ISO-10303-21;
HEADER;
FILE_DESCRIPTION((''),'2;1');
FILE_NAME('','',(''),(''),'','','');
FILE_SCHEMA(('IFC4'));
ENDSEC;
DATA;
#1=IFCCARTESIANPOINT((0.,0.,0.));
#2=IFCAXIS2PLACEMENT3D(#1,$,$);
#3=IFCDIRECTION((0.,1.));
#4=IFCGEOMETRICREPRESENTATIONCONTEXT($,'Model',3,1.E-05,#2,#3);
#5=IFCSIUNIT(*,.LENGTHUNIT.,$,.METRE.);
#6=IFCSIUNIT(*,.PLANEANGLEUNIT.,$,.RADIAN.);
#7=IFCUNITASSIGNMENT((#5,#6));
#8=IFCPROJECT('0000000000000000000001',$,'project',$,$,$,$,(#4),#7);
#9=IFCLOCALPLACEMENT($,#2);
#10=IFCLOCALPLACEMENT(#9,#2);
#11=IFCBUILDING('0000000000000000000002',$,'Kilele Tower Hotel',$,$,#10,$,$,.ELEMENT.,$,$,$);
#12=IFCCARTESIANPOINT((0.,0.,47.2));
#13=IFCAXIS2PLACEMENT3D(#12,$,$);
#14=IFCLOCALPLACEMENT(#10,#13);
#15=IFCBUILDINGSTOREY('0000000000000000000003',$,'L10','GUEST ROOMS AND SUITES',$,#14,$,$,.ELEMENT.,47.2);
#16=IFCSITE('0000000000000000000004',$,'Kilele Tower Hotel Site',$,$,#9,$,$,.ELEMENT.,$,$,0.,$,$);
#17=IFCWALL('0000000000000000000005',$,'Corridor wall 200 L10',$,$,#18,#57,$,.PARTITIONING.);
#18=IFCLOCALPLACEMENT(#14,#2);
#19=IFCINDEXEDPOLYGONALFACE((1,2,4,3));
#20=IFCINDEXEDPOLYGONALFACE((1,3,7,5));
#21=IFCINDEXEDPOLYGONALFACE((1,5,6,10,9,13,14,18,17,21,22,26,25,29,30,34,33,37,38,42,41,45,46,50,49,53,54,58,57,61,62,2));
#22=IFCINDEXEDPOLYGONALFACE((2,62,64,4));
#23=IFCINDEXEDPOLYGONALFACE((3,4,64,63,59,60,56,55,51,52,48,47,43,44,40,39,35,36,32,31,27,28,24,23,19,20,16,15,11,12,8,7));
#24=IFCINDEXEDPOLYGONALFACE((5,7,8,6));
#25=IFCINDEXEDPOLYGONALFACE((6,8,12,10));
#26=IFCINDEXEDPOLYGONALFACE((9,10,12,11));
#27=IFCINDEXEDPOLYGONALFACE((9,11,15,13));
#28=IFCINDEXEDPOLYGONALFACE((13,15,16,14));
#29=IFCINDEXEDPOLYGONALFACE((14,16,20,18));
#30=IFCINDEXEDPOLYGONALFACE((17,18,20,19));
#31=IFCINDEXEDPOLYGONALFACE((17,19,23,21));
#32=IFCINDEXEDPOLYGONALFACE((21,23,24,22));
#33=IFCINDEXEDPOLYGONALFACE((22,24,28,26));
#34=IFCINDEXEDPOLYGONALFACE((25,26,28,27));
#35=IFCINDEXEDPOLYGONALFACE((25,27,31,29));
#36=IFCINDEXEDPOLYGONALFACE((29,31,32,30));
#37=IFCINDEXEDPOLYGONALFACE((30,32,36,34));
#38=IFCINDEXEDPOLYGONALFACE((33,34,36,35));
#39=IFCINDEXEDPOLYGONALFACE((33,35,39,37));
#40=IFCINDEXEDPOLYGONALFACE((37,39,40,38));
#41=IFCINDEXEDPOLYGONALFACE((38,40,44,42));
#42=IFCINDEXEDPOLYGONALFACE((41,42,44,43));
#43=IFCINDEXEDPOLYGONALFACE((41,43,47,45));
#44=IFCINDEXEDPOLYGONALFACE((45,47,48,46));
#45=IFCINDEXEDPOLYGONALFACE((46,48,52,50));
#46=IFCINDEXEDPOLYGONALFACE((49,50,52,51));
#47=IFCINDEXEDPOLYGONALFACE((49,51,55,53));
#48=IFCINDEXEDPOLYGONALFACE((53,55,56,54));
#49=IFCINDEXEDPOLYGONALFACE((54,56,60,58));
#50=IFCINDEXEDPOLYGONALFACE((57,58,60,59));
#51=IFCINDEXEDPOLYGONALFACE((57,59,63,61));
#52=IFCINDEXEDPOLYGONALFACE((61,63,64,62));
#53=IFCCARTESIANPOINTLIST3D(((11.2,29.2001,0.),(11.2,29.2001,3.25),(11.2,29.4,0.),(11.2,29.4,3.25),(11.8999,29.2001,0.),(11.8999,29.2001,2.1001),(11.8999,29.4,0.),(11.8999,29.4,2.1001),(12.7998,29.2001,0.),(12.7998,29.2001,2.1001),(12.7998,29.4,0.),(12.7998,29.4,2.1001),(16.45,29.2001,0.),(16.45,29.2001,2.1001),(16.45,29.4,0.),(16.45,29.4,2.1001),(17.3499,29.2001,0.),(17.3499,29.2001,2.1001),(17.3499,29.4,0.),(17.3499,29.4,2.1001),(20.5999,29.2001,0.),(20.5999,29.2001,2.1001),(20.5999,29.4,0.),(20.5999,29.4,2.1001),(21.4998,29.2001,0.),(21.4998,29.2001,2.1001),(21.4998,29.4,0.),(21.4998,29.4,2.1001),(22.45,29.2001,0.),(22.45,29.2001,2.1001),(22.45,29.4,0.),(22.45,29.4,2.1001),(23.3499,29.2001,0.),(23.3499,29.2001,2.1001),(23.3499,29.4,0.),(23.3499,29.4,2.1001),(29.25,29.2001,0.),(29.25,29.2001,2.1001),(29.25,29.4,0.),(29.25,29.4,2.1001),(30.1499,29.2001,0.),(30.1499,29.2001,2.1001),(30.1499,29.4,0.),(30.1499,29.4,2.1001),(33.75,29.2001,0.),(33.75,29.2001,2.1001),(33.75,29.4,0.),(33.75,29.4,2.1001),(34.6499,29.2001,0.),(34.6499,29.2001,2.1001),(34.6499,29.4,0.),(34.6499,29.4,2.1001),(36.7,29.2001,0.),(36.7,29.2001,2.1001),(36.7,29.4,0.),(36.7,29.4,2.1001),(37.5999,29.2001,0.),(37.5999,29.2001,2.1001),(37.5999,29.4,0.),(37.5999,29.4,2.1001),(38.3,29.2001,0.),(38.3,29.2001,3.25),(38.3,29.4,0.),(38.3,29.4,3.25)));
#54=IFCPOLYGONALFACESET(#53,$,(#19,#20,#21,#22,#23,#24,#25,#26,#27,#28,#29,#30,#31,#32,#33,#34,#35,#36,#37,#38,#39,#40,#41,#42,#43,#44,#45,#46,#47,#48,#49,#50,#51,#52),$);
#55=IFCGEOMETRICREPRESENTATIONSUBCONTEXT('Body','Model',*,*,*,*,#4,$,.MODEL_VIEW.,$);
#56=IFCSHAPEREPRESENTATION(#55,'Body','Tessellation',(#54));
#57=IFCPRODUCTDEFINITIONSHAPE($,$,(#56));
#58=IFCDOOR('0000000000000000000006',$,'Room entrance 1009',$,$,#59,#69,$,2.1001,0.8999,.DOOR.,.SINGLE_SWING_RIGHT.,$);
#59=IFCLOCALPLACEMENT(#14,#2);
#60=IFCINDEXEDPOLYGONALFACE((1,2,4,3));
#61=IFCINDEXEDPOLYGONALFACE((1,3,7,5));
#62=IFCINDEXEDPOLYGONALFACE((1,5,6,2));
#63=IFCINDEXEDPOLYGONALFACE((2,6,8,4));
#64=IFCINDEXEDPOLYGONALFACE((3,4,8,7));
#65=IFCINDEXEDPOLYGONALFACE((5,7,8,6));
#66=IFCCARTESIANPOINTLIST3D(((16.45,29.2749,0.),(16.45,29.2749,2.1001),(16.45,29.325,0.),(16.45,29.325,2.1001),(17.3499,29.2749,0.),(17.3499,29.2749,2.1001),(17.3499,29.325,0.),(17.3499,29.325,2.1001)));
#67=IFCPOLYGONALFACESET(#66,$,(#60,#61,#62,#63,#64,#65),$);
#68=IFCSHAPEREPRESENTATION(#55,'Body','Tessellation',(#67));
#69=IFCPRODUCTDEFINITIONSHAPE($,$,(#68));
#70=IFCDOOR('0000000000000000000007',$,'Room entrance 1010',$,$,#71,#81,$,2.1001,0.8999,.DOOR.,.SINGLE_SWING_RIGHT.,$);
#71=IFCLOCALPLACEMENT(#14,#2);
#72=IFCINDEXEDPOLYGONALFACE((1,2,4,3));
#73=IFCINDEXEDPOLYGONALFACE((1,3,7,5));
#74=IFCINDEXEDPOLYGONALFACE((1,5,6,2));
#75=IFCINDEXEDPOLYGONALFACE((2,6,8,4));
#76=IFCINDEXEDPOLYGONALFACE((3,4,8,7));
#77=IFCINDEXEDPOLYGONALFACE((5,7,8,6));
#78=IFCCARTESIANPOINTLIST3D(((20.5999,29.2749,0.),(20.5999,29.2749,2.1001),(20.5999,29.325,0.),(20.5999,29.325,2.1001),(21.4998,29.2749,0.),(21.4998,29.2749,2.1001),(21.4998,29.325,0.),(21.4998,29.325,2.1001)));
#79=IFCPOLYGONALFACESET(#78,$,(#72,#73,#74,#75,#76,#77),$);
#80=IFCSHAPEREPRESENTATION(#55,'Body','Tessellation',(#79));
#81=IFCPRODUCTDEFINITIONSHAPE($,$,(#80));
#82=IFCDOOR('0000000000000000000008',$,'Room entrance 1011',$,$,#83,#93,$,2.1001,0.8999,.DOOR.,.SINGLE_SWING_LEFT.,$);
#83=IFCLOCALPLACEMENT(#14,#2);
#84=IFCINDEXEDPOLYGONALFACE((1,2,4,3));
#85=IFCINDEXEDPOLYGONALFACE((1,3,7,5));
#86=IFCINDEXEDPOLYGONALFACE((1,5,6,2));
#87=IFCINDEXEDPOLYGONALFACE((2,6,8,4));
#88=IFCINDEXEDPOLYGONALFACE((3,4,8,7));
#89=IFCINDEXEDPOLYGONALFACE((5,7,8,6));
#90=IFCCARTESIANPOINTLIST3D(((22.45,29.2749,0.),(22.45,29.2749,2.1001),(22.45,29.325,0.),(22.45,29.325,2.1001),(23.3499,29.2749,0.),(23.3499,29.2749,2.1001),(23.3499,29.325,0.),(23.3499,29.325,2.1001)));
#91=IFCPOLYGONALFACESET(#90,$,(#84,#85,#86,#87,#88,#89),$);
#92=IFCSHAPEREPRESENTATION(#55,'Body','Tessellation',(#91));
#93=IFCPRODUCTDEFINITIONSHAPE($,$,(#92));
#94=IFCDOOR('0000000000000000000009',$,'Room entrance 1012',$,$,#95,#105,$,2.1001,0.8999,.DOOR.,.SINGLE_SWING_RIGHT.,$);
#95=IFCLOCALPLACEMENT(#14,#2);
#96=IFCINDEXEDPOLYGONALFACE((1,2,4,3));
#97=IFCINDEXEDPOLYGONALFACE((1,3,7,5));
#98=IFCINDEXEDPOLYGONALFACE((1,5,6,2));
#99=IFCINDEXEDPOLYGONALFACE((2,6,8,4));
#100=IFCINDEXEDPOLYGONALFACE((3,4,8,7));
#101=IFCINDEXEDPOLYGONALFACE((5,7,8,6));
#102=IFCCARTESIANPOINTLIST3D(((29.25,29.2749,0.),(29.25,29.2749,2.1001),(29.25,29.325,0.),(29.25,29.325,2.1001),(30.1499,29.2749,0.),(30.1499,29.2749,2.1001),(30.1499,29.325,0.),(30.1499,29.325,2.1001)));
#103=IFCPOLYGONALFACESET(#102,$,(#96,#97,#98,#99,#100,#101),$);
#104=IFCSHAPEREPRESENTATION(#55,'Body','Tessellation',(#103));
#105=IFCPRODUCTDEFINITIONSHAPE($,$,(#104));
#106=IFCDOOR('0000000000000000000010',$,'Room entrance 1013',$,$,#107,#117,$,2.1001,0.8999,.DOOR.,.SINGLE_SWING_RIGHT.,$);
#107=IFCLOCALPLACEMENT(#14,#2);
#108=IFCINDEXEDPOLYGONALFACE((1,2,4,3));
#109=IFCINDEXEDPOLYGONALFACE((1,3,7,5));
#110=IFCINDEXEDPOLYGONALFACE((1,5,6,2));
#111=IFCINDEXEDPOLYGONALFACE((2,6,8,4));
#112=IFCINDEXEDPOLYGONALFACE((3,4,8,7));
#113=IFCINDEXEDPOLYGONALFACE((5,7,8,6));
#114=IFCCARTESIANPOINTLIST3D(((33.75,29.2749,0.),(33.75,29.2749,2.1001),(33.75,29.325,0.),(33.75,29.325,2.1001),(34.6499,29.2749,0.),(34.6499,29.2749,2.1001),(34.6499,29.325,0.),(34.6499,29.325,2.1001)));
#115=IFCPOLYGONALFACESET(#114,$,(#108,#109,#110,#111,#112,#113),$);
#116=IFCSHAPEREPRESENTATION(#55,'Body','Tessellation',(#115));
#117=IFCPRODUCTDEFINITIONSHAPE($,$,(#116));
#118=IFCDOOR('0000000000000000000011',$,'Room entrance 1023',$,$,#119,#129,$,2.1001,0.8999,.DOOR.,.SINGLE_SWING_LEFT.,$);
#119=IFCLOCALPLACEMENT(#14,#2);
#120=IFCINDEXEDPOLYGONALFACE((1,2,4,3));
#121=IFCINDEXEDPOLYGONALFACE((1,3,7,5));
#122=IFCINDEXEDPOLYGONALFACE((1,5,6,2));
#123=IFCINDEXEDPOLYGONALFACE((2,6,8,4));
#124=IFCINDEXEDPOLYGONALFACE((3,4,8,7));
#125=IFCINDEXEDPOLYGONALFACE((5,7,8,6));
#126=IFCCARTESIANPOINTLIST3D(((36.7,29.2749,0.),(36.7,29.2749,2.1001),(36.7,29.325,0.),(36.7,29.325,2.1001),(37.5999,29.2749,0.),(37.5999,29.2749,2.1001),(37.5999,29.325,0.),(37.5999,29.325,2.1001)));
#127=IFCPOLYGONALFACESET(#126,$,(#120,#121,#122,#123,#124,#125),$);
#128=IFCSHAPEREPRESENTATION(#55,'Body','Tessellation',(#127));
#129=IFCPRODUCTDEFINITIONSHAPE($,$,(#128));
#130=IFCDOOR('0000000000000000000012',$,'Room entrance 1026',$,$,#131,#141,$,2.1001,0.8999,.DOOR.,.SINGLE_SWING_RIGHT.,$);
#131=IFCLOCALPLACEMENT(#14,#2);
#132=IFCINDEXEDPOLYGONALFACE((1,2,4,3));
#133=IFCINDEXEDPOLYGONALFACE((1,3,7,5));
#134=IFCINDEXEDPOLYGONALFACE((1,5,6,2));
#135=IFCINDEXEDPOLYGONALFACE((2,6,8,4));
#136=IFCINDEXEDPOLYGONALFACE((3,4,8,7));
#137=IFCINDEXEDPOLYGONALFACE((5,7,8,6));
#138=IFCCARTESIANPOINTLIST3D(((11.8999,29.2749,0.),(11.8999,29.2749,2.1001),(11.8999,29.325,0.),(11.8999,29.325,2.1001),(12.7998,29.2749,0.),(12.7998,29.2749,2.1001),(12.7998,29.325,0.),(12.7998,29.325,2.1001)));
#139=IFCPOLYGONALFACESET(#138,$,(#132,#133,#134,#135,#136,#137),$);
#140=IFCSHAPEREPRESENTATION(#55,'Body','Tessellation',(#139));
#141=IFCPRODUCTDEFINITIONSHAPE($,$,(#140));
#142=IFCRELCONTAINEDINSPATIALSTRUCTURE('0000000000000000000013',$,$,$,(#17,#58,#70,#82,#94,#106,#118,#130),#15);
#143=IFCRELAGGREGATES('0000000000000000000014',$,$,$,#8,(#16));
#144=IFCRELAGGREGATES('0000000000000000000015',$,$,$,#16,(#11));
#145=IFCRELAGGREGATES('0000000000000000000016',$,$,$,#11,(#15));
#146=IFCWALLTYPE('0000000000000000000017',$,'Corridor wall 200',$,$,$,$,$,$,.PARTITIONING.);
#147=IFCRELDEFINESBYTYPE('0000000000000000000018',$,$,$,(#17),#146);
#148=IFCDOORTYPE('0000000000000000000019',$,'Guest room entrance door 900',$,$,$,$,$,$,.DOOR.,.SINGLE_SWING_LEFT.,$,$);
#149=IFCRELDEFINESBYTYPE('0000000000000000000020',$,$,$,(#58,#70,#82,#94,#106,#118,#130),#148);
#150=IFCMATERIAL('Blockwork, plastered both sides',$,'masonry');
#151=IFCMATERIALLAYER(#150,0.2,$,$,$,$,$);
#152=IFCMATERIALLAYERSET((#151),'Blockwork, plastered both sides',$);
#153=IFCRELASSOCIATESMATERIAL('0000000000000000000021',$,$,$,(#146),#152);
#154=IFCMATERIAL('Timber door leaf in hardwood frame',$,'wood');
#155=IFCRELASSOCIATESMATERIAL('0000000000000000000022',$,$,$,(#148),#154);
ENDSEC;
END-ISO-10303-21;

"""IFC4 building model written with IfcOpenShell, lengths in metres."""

from ifc_helpers import new_model, si_unit, direction, frame, frame_2d, origin, place, context, subcontext, project, spatial, rectangle, extrude, material, layer, layer_set, type_object, element, fill, save


model = new_model("IFC4")

# Units and contexts
model_context = context("Model", 3, precision=1e-05, world=origin(), true_north=direction((0.0, 1.0)))
body_context = subcontext(model_context, "Body", "Model", "MODEL_VIEW")
ifc_project = project(units=[si_unit("LENGTHUNIT", "METRE"), si_unit("PLANEANGLEUNIT", "RADIAN")], contexts=[model_context])

# Site, building, storey
site_placement = place(None, origin())
site = spatial("IfcSite", under=ifc_project, at=site_placement, Name="Kilele Tower Hotel Site", CompositionType="ELEMENT", RefElevation=0.0)
building_placement = place(site_placement, origin())
building = spatial("IfcBuilding", under=site, at=building_placement, Name="Kilele Tower Hotel", CompositionType="ELEMENT")
storey_placement = place(building_placement, frame((0.0, 0.0, 47.2)))
storey = spatial("IfcBuildingStorey", under=building, at=storey_placement, Name="L10", Description="GUEST ROOMS AND SUITES", CompositionType="ELEMENT", Elevation=47.2)

# Wall, openings, doors
ifc_material_1 = material(Name="Blockwork, plastered both sides", Category="masonry")
ifc_layer_1 = layer(ifc_material_1, 0.2)
ifc_layer_set_1 = layer_set([ifc_layer_1], Name="Blockwork, plastered both sides")
wall_type_1 = type_object("IfcWallType", Name="Corridor wall 200", PredefinedType="PARTITIONING", material=ifc_layer_set_1)
wall_1_placement = place(storey_placement, frame((11.2, 29.3, 0.0), z_axis=(0.0, 0.0, 1.0), x_axis=(1.0, 0.0, 0.0)))
wall_1 = element("IfcWall", 1, at=wall_1_placement, inside=storey, type_object=wall_type_1, Name="Corridor wall 200 L10", PredefinedType="PARTITIONING", context=body_context, shape_type="SweptSolid", body=[
    extrude(rectangle(XDim=27.1001, YDim=0.2, at=frame_2d((13.55, 0.0))), origin(), (0.0, 0.0, 1.0), 3.25),
])
opening_1_placement = place(wall_1_placement, frame((5.25, 0.0, 0.0)))
opening_1 = element("IfcOpeningElement", 2, at=opening_1_placement, cuts=wall_1, PredefinedType="OPENING", context=body_context, shape_type="SweptSolid", body=[
    extrude(rectangle(XDim=0.8999, YDim=2.1001, at=frame_2d((0.45, 1.05))), frame((0.0, 0.1099, 0.0), z_axis=(0.0, -1.0, 0.0), x_axis=(1.0, 0.0, 0.0)), (0.0, 0.0, 1.0), 0.22),
])
opening_2_placement = place(wall_1_placement, frame((9.3999, 0.0, 0.0)))
opening_2 = element("IfcOpeningElement", 3, at=opening_2_placement, cuts=wall_1, PredefinedType="OPENING", context=body_context, shape_type="SweptSolid", body=[
    extrude(rectangle(XDim=0.8999, YDim=2.1001, at=frame_2d((0.45, 1.05))), frame((0.0, 0.1099, 0.0), z_axis=(0.0, -1.0, 0.0), x_axis=(1.0, 0.0, 0.0)), (0.0, 0.0, 1.0), 0.22),
])
opening_3_placement = place(wall_1_placement, frame((11.25, 0.0, 0.0)))
opening_3 = element("IfcOpeningElement", 4, at=opening_3_placement, cuts=wall_1, PredefinedType="OPENING", context=body_context, shape_type="SweptSolid", body=[
    extrude(rectangle(XDim=0.8999, YDim=2.1001, at=frame_2d((0.45, 1.05))), frame((0.0, 0.1099, 0.0), z_axis=(0.0, -1.0, 0.0), x_axis=(1.0, 0.0, 0.0)), (0.0, 0.0, 1.0), 0.22),
])
opening_4_placement = place(wall_1_placement, frame((18.05, 0.0, 0.0)))
opening_4 = element("IfcOpeningElement", 5, at=opening_4_placement, cuts=wall_1, PredefinedType="OPENING", context=body_context, shape_type="SweptSolid", body=[
    extrude(rectangle(XDim=0.8999, YDim=2.1001, at=frame_2d((0.45, 1.05))), frame((0.0, 0.1099, 0.0), z_axis=(0.0, -1.0, 0.0), x_axis=(1.0, 0.0, 0.0)), (0.0, 0.0, 1.0), 0.22),
])
opening_5_placement = place(wall_1_placement, frame((22.55, 0.0, 0.0)))
opening_5 = element("IfcOpeningElement", 6, at=opening_5_placement, cuts=wall_1, PredefinedType="OPENING", context=body_context, shape_type="SweptSolid", body=[
    extrude(rectangle(XDim=0.8999, YDim=2.1001, at=frame_2d((0.45, 1.05))), frame((0.0, 0.1099, 0.0), z_axis=(0.0, -1.0, 0.0), x_axis=(1.0, 0.0, 0.0)), (0.0, 0.0, 1.0), 0.22),
])
opening_6_placement = place(wall_1_placement, frame((25.5, 0.0, 0.0)))
opening_6 = element("IfcOpeningElement", 7, at=opening_6_placement, cuts=wall_1, PredefinedType="OPENING", context=body_context, shape_type="SweptSolid", body=[
    extrude(rectangle(XDim=0.8999, YDim=2.1001, at=frame_2d((0.45, 1.05))), frame((0.0, 0.1099, 0.0), z_axis=(0.0, -1.0, 0.0), x_axis=(1.0, 0.0, 0.0)), (0.0, 0.0, 1.0), 0.22),
])
opening_7_placement = place(wall_1_placement, frame((0.7, 0.0, 0.0)))
opening_7 = element("IfcOpeningElement", 8, at=opening_7_placement, cuts=wall_1, PredefinedType="OPENING", context=body_context, shape_type="SweptSolid", body=[
    extrude(rectangle(XDim=0.8999, YDim=2.1001, at=frame_2d((0.45, 1.05))), frame((0.0, 0.1099, 0.0), z_axis=(0.0, -1.0, 0.0), x_axis=(1.0, 0.0, 0.0)), (0.0, 0.0, 1.0), 0.22),
])
ifc_material_2 = material(Name="Timber door leaf in hardwood frame", Category="wood")
door_type_1 = type_object("IfcDoorType", Name="Guest room entrance door 900", OperationType="SINGLE_SWING_LEFT", PredefinedType="DOOR", material=ifc_material_2)
door_1_placement = place(opening_1_placement, origin())
door_1 = element("IfcDoor", 9, at=door_1_placement, inside=storey, type_object=door_type_1, Name="Room entrance 1009", OperationType="SINGLE_SWING_RIGHT", OverallHeight=2.1001, OverallWidth=0.8999, PredefinedType="DOOR", context=body_context, shape_type="SweptSolid", body=[
    extrude(rectangle(XDim=0.8999, YDim=2.1001, at=frame_2d((0.45, 1.05))), frame((0.0, 0.0249, 0.0), z_axis=(0.0, -1.0, 0.0), x_axis=(1.0, 0.0, 0.0)), (0.0, 0.0, 1.0), 0.05),
])
fill(opening_1, door_1)
door_2_placement = place(opening_2_placement, origin())
door_2 = element("IfcDoor", 10, at=door_2_placement, inside=storey, type_object=door_type_1, Name="Room entrance 1010", OperationType="SINGLE_SWING_RIGHT", OverallHeight=2.1001, OverallWidth=0.8999, PredefinedType="DOOR", context=body_context, shape_type="SweptSolid", body=[
    extrude(rectangle(XDim=0.8999, YDim=2.1001, at=frame_2d((0.45, 1.05))), frame((0.0, 0.0249, 0.0), z_axis=(0.0, -1.0, 0.0), x_axis=(1.0, 0.0, 0.0)), (0.0, 0.0, 1.0), 0.05),
])
fill(opening_2, door_2)
door_3_placement = place(opening_3_placement, origin())
door_3 = element("IfcDoor", 11, at=door_3_placement, inside=storey, type_object=door_type_1, Name="Room entrance 1011", OperationType="SINGLE_SWING_LEFT", OverallHeight=2.1001, OverallWidth=0.8999, PredefinedType="DOOR", context=body_context, shape_type="SweptSolid", body=[
    extrude(rectangle(XDim=0.8999, YDim=2.1001, at=frame_2d((0.45, 1.05))), frame((0.0, 0.0249, 0.0), z_axis=(0.0, -1.0, 0.0), x_axis=(1.0, 0.0, 0.0)), (0.0, 0.0, 1.0), 0.05),
])
fill(opening_3, door_3)
door_4_placement = place(opening_4_placement, origin())
door_4 = element("IfcDoor", 12, at=door_4_placement, inside=storey, type_object=door_type_1, Name="Room entrance 1012", OperationType="SINGLE_SWING_RIGHT", OverallHeight=2.1001, OverallWidth=0.8999, PredefinedType="DOOR", context=body_context, shape_type="SweptSolid", body=[
    extrude(rectangle(XDim=0.8999, YDim=2.1001, at=frame_2d((0.45, 1.05))), frame((0.0, 0.0249, 0.0), z_axis=(0.0, -1.0, 0.0), x_axis=(1.0, 0.0, 0.0)), (0.0, 0.0, 1.0), 0.05),
])
fill(opening_4, door_4)
door_5_placement = place(opening_5_placement, origin())
door_5 = element("IfcDoor", 13, at=door_5_placement, inside=storey, type_object=door_type_1, Name="Room entrance 1013", OperationType="SINGLE_SWING_RIGHT", OverallHeight=2.1001, OverallWidth=0.8999, PredefinedType="DOOR", context=body_context, shape_type="SweptSolid", body=[
    extrude(rectangle(XDim=0.8999, YDim=2.1001, at=frame_2d((0.45, 1.05))), frame((0.0, 0.0249, 0.0), z_axis=(0.0, -1.0, 0.0), x_axis=(1.0, 0.0, 0.0)), (0.0, 0.0, 1.0), 0.05),
])
fill(opening_5, door_5)
door_6_placement = place(opening_6_placement, origin())
door_6 = element("IfcDoor", 14, at=door_6_placement, inside=storey, type_object=door_type_1, Name="Room entrance 1023", OperationType="SINGLE_SWING_LEFT", OverallHeight=2.1001, OverallWidth=0.8999, PredefinedType="DOOR", context=body_context, shape_type="SweptSolid", body=[
    extrude(rectangle(XDim=0.8999, YDim=2.1001, at=frame_2d((0.45, 1.05))), frame((0.0, 0.0249, 0.0), z_axis=(0.0, -1.0, 0.0), x_axis=(1.0, 0.0, 0.0)), (0.0, 0.0, 1.0), 0.05),
])
fill(opening_6, door_6)
door_7_placement = place(opening_7_placement, origin())
door_7 = element("IfcDoor", 15, at=door_7_placement, inside=storey, type_object=door_type_1, Name="Room entrance 1026", OperationType="SINGLE_SWING_RIGHT", OverallHeight=2.1001, OverallWidth=0.8999, PredefinedType="DOOR", context=body_context, shape_type="SweptSolid", body=[
    extrude(rectangle(XDim=0.8999, YDim=2.1001, at=frame_2d((0.45, 1.05))), frame((0.0, 0.0249, 0.0), z_axis=(0.0, -1.0, 0.0), x_axis=(1.0, 0.0, 0.0)), (0.0, 0.0, 1.0), 0.05),
])
fill(opening_7, door_7)

save(model, "model.ifc")
